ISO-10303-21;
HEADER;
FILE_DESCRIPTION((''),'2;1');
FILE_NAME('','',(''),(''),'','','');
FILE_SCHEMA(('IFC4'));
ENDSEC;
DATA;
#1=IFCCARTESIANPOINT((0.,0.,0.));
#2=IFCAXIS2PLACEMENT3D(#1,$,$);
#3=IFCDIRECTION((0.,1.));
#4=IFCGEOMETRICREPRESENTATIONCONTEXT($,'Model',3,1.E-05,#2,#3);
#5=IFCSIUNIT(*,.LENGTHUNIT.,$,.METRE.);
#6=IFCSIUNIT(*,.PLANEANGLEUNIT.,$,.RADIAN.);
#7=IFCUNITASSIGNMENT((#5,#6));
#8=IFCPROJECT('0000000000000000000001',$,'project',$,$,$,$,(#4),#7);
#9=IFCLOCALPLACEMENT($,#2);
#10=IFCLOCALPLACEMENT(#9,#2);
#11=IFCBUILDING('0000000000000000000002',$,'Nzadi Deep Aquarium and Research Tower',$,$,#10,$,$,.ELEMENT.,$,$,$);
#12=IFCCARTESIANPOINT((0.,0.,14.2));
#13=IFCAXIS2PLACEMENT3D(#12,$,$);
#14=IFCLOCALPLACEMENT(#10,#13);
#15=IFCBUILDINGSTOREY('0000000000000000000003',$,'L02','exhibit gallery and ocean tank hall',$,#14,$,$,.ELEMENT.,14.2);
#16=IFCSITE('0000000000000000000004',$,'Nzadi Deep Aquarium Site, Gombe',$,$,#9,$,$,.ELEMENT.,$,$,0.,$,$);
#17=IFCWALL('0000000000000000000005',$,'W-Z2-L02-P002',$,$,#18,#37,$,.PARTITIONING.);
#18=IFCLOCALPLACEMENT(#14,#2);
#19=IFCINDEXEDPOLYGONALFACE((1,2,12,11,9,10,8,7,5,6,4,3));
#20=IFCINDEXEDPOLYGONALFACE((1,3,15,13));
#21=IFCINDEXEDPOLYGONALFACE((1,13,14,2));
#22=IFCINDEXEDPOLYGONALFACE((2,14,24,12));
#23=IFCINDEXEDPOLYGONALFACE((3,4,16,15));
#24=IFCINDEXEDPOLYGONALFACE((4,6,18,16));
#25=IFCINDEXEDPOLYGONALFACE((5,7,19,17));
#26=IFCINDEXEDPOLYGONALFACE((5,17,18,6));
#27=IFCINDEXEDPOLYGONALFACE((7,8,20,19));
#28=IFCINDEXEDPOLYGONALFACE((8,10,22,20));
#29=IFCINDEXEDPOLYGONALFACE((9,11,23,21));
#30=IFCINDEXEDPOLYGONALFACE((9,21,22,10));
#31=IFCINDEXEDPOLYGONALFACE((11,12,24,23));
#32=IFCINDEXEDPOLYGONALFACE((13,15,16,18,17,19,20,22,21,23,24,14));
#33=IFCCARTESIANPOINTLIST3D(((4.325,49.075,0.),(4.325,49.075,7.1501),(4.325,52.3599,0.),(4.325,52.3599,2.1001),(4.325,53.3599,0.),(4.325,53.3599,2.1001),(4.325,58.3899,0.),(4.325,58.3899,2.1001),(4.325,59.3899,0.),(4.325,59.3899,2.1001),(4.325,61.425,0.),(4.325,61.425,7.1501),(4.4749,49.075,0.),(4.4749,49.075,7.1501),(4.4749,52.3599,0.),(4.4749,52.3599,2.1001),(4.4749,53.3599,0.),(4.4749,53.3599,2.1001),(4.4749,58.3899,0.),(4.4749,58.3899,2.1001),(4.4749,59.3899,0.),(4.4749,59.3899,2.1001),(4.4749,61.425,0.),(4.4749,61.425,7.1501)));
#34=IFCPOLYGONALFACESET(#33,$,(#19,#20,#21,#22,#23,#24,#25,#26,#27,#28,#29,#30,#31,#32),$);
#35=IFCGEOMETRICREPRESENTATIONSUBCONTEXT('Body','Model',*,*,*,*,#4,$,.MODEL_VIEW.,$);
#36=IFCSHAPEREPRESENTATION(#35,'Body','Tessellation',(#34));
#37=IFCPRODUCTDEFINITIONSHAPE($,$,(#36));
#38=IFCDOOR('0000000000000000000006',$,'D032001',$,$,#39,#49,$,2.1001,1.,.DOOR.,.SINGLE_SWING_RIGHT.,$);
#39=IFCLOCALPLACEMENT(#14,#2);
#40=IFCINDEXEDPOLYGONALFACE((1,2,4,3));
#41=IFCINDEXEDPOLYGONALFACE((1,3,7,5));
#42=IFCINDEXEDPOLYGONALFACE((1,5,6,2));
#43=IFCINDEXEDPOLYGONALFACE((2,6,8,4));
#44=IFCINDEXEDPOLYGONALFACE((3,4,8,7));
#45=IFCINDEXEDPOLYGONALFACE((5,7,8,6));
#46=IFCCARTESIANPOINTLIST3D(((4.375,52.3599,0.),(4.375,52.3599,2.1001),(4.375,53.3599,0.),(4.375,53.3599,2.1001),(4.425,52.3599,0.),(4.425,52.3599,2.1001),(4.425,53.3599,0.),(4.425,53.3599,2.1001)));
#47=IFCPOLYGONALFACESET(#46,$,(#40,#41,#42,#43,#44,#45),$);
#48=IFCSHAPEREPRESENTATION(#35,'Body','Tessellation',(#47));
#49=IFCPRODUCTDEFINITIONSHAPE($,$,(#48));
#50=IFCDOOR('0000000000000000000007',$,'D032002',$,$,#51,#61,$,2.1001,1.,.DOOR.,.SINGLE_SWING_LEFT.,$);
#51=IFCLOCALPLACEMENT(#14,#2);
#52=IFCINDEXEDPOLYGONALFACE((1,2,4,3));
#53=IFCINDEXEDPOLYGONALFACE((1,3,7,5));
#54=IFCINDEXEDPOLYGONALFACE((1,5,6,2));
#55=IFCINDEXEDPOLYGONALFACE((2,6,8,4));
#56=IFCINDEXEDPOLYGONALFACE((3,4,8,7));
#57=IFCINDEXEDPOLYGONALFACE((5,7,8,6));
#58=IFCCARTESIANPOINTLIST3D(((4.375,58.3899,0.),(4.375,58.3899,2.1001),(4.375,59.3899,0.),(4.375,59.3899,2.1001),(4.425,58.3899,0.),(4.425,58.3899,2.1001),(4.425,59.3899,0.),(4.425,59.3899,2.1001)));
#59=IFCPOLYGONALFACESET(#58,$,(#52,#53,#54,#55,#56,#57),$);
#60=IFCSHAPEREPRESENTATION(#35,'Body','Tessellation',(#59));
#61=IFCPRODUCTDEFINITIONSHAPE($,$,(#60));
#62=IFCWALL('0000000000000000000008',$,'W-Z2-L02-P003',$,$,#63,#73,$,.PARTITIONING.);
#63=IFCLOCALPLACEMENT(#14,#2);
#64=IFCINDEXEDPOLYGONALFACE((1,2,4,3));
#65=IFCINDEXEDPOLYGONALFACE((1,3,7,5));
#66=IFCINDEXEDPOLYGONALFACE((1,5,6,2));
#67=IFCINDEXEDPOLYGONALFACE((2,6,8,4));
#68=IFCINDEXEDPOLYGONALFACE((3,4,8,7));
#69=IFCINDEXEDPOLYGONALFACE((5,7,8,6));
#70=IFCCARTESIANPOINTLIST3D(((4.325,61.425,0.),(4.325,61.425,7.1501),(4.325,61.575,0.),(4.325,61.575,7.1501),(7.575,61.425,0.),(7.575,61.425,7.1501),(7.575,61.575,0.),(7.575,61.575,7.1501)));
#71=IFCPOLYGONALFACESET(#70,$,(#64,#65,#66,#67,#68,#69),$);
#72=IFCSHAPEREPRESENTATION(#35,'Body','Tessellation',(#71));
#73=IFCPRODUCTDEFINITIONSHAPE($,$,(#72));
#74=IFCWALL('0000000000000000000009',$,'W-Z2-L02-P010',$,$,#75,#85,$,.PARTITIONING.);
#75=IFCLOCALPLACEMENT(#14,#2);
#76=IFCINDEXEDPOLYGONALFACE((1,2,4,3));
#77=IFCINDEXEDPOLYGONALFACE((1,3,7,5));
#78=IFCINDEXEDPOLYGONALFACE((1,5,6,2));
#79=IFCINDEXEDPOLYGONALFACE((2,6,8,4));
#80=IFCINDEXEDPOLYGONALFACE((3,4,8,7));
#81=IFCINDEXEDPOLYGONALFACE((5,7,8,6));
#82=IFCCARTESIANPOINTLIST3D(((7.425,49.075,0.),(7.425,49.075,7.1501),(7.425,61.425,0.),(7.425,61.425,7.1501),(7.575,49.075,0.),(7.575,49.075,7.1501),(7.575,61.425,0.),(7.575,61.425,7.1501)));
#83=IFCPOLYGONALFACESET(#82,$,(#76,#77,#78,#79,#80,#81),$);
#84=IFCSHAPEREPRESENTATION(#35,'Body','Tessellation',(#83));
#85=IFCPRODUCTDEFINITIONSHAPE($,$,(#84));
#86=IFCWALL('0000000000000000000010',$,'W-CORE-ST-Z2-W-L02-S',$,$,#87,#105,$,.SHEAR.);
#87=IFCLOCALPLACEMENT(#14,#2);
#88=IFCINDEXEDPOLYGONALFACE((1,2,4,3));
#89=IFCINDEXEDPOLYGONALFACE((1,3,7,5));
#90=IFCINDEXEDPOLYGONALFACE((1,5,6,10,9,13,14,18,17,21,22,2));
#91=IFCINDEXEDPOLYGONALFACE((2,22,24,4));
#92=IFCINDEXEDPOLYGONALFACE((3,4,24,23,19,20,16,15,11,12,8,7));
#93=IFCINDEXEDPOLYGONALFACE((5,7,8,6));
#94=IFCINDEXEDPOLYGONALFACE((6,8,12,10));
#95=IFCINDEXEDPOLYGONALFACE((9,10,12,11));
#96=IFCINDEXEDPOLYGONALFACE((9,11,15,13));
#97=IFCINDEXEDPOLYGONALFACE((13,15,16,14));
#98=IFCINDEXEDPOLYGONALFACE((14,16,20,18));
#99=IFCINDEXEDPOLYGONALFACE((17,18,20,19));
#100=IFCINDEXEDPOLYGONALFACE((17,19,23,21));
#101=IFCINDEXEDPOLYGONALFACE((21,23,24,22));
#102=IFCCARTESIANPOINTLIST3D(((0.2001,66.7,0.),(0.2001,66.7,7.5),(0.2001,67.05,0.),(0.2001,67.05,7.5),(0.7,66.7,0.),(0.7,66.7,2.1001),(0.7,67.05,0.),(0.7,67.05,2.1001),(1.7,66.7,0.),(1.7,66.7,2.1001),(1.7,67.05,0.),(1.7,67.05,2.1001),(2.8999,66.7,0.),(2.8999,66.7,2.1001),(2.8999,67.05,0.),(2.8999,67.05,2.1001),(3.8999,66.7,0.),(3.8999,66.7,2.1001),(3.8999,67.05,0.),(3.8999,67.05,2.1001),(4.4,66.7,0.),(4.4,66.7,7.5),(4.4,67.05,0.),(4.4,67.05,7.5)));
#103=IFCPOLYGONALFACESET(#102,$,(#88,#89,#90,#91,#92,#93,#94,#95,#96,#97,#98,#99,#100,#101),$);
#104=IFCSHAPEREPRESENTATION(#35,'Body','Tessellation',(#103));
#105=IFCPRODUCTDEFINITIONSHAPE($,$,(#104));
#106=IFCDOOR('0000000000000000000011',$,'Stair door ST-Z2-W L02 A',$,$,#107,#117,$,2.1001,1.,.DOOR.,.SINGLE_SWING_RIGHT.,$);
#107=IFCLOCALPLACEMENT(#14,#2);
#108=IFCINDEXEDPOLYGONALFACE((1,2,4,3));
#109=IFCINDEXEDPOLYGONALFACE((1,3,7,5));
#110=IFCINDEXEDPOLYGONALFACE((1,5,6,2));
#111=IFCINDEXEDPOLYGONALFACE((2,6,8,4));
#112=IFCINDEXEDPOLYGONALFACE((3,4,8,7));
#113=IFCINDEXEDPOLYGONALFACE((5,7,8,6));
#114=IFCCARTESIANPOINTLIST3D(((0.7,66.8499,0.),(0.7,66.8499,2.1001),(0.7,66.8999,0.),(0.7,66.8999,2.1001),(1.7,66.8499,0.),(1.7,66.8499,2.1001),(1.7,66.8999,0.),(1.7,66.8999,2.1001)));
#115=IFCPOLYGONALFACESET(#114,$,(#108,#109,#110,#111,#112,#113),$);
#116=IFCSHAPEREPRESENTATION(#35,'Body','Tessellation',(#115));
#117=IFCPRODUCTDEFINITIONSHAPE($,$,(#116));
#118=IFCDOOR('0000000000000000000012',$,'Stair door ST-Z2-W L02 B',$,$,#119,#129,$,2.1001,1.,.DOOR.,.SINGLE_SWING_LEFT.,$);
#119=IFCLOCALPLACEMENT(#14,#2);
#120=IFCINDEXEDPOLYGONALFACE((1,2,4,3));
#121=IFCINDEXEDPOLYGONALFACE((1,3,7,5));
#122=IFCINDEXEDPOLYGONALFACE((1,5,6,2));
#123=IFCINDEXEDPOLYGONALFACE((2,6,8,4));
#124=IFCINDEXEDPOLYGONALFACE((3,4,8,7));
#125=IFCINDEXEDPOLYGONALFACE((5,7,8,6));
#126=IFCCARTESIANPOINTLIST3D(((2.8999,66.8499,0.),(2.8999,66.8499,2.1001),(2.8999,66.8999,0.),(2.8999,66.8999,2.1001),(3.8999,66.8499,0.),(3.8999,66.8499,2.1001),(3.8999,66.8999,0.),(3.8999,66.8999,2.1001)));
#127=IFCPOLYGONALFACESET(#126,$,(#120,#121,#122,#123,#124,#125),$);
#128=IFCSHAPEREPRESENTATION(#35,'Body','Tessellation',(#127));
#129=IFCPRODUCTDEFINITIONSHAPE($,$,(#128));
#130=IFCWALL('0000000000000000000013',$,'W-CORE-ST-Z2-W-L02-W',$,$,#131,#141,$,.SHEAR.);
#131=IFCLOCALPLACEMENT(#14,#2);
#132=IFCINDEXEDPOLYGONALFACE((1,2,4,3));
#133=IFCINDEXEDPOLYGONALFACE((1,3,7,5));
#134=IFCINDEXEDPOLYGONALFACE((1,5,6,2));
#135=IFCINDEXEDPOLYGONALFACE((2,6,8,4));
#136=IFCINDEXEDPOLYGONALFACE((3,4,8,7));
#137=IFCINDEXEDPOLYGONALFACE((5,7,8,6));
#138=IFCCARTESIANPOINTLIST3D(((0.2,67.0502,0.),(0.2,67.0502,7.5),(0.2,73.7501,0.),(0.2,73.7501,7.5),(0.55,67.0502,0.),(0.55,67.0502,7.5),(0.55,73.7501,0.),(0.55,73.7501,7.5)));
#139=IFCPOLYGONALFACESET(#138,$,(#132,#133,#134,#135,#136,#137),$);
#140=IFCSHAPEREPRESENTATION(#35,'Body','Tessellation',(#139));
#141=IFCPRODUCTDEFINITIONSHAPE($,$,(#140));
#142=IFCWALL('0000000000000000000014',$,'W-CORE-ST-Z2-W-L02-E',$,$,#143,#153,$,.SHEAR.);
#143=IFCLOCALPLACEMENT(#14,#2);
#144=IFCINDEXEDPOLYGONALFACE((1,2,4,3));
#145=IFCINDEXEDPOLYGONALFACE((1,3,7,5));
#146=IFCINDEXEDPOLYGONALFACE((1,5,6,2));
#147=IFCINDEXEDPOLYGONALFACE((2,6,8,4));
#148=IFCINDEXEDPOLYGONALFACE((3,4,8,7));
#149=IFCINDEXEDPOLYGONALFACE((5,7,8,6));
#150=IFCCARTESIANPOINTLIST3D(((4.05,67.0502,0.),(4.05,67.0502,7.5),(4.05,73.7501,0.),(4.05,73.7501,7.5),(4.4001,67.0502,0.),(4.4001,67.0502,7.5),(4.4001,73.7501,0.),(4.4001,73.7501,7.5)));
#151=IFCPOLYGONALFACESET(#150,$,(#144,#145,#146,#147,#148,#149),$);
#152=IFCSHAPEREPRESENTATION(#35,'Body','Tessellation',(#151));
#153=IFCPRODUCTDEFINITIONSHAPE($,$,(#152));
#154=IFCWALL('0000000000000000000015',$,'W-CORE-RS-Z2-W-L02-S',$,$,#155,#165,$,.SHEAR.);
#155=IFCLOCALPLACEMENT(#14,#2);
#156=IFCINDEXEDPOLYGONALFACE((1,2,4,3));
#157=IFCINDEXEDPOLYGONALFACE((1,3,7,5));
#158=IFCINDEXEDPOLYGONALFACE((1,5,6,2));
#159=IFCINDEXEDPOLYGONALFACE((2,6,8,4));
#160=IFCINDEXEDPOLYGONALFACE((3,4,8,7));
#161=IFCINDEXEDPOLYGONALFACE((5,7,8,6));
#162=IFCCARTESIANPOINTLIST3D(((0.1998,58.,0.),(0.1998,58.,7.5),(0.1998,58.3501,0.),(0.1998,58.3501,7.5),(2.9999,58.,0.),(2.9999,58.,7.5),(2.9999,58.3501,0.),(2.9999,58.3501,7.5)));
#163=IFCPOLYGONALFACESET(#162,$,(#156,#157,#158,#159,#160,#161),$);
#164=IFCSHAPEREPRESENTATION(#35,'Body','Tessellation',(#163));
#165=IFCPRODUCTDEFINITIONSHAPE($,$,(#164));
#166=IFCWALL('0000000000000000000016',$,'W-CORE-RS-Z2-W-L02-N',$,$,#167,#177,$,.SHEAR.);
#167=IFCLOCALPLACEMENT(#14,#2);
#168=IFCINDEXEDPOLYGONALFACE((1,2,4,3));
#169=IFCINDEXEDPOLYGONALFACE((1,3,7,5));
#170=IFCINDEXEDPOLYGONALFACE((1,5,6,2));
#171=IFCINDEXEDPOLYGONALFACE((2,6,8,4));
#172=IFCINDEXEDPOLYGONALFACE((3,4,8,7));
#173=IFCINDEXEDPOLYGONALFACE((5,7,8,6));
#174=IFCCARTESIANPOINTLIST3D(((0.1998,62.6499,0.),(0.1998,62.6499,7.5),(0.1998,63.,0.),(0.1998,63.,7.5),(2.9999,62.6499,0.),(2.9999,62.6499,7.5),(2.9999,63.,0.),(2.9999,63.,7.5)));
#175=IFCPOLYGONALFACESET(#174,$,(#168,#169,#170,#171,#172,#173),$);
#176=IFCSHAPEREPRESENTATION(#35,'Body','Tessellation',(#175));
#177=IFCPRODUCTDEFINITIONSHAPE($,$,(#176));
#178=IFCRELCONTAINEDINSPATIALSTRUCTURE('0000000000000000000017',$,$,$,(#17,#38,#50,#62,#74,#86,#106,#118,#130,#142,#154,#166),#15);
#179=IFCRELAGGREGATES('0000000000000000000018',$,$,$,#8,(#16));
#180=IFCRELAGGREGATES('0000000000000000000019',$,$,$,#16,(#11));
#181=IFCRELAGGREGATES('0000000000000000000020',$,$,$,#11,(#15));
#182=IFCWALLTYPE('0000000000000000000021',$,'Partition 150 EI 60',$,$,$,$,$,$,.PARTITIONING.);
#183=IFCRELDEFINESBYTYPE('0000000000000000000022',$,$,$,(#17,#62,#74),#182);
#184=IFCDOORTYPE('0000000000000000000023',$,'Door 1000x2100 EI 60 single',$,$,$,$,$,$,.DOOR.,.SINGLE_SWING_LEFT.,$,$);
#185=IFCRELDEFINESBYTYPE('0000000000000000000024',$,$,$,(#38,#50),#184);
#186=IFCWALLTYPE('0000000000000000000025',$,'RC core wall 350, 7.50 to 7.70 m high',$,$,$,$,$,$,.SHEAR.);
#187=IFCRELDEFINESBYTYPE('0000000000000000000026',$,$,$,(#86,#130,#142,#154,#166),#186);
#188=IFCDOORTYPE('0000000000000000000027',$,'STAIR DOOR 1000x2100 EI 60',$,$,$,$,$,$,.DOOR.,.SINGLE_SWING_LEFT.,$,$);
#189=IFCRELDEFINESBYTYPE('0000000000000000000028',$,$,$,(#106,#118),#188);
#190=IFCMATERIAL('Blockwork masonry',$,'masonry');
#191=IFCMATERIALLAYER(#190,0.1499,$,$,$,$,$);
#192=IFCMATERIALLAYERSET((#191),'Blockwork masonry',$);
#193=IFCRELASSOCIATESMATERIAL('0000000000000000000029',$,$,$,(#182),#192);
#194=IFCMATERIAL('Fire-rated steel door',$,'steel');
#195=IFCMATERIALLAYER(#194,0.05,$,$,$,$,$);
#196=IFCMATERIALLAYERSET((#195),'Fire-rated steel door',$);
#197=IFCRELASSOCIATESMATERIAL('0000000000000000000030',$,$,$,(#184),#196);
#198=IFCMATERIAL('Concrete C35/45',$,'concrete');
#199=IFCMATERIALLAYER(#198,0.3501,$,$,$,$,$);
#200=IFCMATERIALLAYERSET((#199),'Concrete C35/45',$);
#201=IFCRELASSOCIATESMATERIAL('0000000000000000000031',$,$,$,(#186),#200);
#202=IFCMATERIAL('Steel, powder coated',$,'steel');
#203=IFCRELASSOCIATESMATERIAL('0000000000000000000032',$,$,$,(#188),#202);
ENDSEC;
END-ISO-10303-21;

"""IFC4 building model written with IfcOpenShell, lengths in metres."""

from ifc_helpers import new_model, si_unit, direction, frame, frame_2d, origin, place, context, subcontext, project, spatial, rectangle, extrude, material, layer, layer_set, type_object, element, fill, save


model = new_model("IFC4")

# Units and contexts
model_context = context("Model", 3, precision=1e-05, world=origin(), true_north=direction((0.0, 1.0)))
body_context = subcontext(model_context, "Body", "Model", "MODEL_VIEW")
ifc_project = project(units=[si_unit("LENGTHUNIT", "METRE"), si_unit("PLANEANGLEUNIT", "RADIAN")], contexts=[model_context])

# Site, building, storey
site_placement = place(None, origin())
site = spatial("IfcSite", under=ifc_project, at=site_placement, Name="Nzadi Deep Aquarium Site, Gombe", CompositionType="ELEMENT", RefElevation=0.0)
building_placement = place(site_placement, origin())
building = spatial("IfcBuilding", under=site, at=building_placement, Name="Nzadi Deep Aquarium and Research Tower", CompositionType="ELEMENT")
storey_placement = place(building_placement, frame((0.0, 0.0, 14.2)))
storey = spatial("IfcBuildingStorey", under=building, at=storey_placement, Name="L02", Description="exhibit gallery and ocean tank hall", CompositionType="ELEMENT", Elevation=14.2)

# Shared definitions
ifc_material_1 = material(Name="Blockwork masonry", Category="masonry")
ifc_layer_1 = layer(ifc_material_1, 0.1499)
ifc_layer_set_1 = layer_set([ifc_layer_1], Name="Blockwork masonry")
wall_type_1 = type_object("IfcWallType", Name="Partition 150 EI 60", PredefinedType="PARTITIONING", material=ifc_layer_set_1)

# Wall, openings, doors
wall_1_placement = place(storey_placement, frame((4.3999, 49.075, 0.0), z_axis=(0.0, 0.0, 1.0), x_axis=(0.0, 1.0, 0.0)))
wall_1 = element("IfcWall", 1, at=wall_1_placement, inside=storey, type_object=wall_type_1, Name="W-Z2-L02-P002", PredefinedType="PARTITIONING", context=body_context, shape_type="SweptSolid", body=[
    extrude(rectangle(XDim=12.3501, YDim=0.1499, at=frame_2d((6.175, 0.0))), origin(), (0.0, 0.0, 1.0), 7.1501),
])
opening_1_placement = place(wall_1_placement, frame((3.2849, 0.0, 0.0)))
opening_1 = element("IfcOpeningElement", 2, at=opening_1_placement, cuts=wall_1, PredefinedType="OPENING", context=body_context, shape_type="SweptSolid", body=[
    extrude(rectangle(XDim=1.0, YDim=2.1001, at=frame_2d((0.5, 1.05))), frame((0.0, 0.085, 0.0), z_axis=(0.0, -1.0, 0.0), x_axis=(1.0, 0.0, 0.0)), (0.0, 0.0, 1.0), 0.1699),
])
opening_2_placement = place(wall_1_placement, frame((9.3149, 0.0, 0.0)))
opening_2 = element("IfcOpeningElement", 3, at=opening_2_placement, cuts=wall_1, PredefinedType="OPENING", context=body_context, shape_type="SweptSolid", body=[
    extrude(rectangle(XDim=1.0, YDim=2.1001, at=frame_2d((0.5, 1.05))), frame((0.0, 0.085, 0.0), z_axis=(0.0, -1.0, 0.0), x_axis=(1.0, 0.0, 0.0)), (0.0, 0.0, 1.0), 0.1699),
])
ifc_material_2 = material(Name="Fire-rated steel door", Category="steel")
ifc_layer_2 = layer(ifc_material_2, 0.05)
ifc_layer_set_2 = layer_set([ifc_layer_2], Name="Fire-rated steel door")
door_type_1 = type_object("IfcDoorType", Name="Door 1000x2100 EI 60 single", OperationType="SINGLE_SWING_LEFT", PredefinedType="DOOR", material=ifc_layer_set_2)
door_1_placement = place(opening_1_placement, origin())
door_1 = element("IfcDoor", 4, at=door_1_placement, inside=storey, type_object=door_type_1, Name="D032001", OperationType="SINGLE_SWING_RIGHT", OverallHeight=2.1001, OverallWidth=1.0, PredefinedType="DOOR", context=body_context, shape_type="SweptSolid", body=[
    extrude(rectangle(XDim=1.0, YDim=2.1001, at=frame_2d((0.5, 1.05))), frame((0.0, 0.0249, 0.0), z_axis=(0.0, -1.0, 0.0), x_axis=(1.0, 0.0, 0.0)), (0.0, 0.0, 1.0), 0.05),
])
fill(opening_1, door_1)
door_2_placement = place(opening_2_placement, origin())
door_2 = element("IfcDoor", 5, at=door_2_placement, inside=storey, type_object=door_type_1, Name="D032002", OperationType="SINGLE_SWING_LEFT", OverallHeight=2.1001, OverallWidth=1.0, PredefinedType="DOOR", context=body_context, shape_type="SweptSolid", body=[
    extrude(rectangle(XDim=1.0, YDim=2.1001, at=frame_2d((0.5, 1.05))), frame((0.0, 0.0249, 0.0), z_axis=(0.0, -1.0, 0.0), x_axis=(1.0, 0.0, 0.0)), (0.0, 0.0, 1.0), 0.05),
])
fill(opening_2, door_2)

# Walls
wall_2_placement = place(storey_placement, frame((4.325, 61.5, 0.0), z_axis=(0.0, 0.0, 1.0), x_axis=(1.0, 0.0, 0.0)))
element("IfcWall", 6, at=wall_2_placement, inside=storey, type_object=wall_type_1, Name="W-Z2-L02-P003", PredefinedType="PARTITIONING", context=body_context, shape_type="SweptSolid", body=[
    extrude(rectangle(XDim=3.25, YDim=0.1499, at=frame_2d((1.625, 0.0))), origin(), (0.0, 0.0, 1.0), 7.1501),
])
wall_3_placement = place(storey_placement, frame((7.5, 49.075, 0.0), z_axis=(0.0, 0.0, 1.0), x_axis=(0.0, 1.0, 0.0)))
element("IfcWall", 7, at=wall_3_placement, inside=storey, type_object=wall_type_1, Name="W-Z2-L02-P010", PredefinedType="PARTITIONING", context=body_context, shape_type="SweptSolid", body=[
    extrude(rectangle(XDim=12.3501, YDim=0.1499, at=frame_2d((6.175, 0.0))), origin(), (0.0, 0.0, 1.0), 7.1501),
])

# Wall, openings, doors
ifc_material_3 = material(Name="Concrete C35/45", Category="concrete")
ifc_layer_3 = layer(ifc_material_3, 0.3501)
ifc_layer_set_3 = layer_set([ifc_layer_3], Name="Concrete C35/45")
wall_type_2 = type_object("IfcWallType", Name="RC core wall 350, 7.50 to 7.70 m high", PredefinedType="SHEAR", material=ifc_layer_set_3)
wall_4_placement = place(storey_placement, frame((0.2, 66.875, 0.0), z_axis=(0.0, 0.0, 1.0), x_axis=(1.0, 0.0, 0.0)))
wall_4 = element("IfcWall", 8, at=wall_4_placement, inside=storey, type_object=wall_type_2, Name="W-CORE-ST-Z2-W-L02-S", PredefinedType="SHEAR", context=body_context, shape_type="SweptSolid", body=[
    extrude(rectangle(XDim=4.2, YDim=0.3501, at=frame_2d((2.1001, 0.0))), origin(), (0.0, 0.0, 1.0), 7.5),
])
opening_3_placement = place(wall_4_placement, frame((0.5, 0.0, 0.0)))
opening_3 = element("IfcOpeningElement", 9, at=opening_3_placement, cuts=wall_4, PredefinedType="OPENING", context=body_context, shape_type="SweptSolid", body=[
    extrude(rectangle(XDim=1.0, YDim=2.1001, at=frame_2d((0.5, 1.05))), frame((0.0, 0.1851, 0.0), z_axis=(0.0, -1.0, 0.0), x_axis=(1.0, 0.0, 0.0)), (0.0, 0.0, 1.0), 0.3701),
])
opening_4_placement = place(wall_4_placement, frame((2.7, 0.0, 0.0)))
opening_4 = element("IfcOpeningElement", 10, at=opening_4_placement, cuts=wall_4, PredefinedType="OPENING", context=body_context, shape_type="SweptSolid", body=[
    extrude(rectangle(XDim=1.0, YDim=2.1001, at=frame_2d((0.5, 1.05))), frame((0.0, 0.1851, 0.0), z_axis=(0.0, -1.0, 0.0), x_axis=(1.0, 0.0, 0.0)), (0.0, 0.0, 1.0), 0.3701),
])
ifc_material_4 = material(Name="Steel, powder coated", Category="steel")
door_type_2 = type_object("IfcDoorType", Name="STAIR DOOR 1000x2100 EI 60", OperationType="SINGLE_SWING_LEFT", PredefinedType="DOOR", material=ifc_material_4)
door_3_placement = place(opening_3_placement, origin())
door_3 = element("IfcDoor", 11, at=door_3_placement, inside=storey, type_object=door_type_2, Name="Stair door ST-Z2-W L02 A", OperationType="SINGLE_SWING_RIGHT", OverallHeight=2.1001, OverallWidth=1.0, PredefinedType="DOOR", context=body_context, shape_type="SweptSolid", body=[
    extrude(rectangle(XDim=1.0, YDim=2.1001, at=frame_2d((0.5, 1.05))), frame((0.0, 0.0249, 0.0), z_axis=(0.0, -1.0, 0.0), x_axis=(1.0, 0.0, 0.0)), (0.0, 0.0, 1.0), 0.05),
])
fill(opening_3, door_3)
door_4_placement = place(opening_4_placement, origin())
door_4 = element("IfcDoor", 12, at=door_4_placement, inside=storey, type_object=door_type_2, Name="Stair door ST-Z2-W L02 B", OperationType="SINGLE_SWING_LEFT", OverallHeight=2.1001, OverallWidth=1.0, PredefinedType="DOOR", context=body_context, shape_type="SweptSolid", body=[
    extrude(rectangle(XDim=1.0, YDim=2.1001, at=frame_2d((0.5, 1.05))), frame((0.0, 0.0249, 0.0), z_axis=(0.0, -1.0, 0.0), x_axis=(1.0, 0.0, 0.0)), (0.0, 0.0, 1.0), 0.05),
])
fill(opening_4, door_4)

# Walls
for number, where, z_axis, x_axis, name in (
    (13, (0.375, 67.05, 0.0), (0.0, 0.0, 1.0), (0.0, 1.0, 0.0), "W-CORE-ST-Z2-W-L02-W"),
    (14, (4.2251, 67.05, 0.0), (0.0, 0.0, 1.0), (0.0, 1.0, 0.0), "W-CORE-ST-Z2-W-L02-E"),
):
    element("IfcWall", number, at=place(storey_placement, frame(where, z_axis=z_axis, x_axis=x_axis)), inside=storey, type_object=wall_type_2, Name=name, PredefinedType="SHEAR", context=body_context, shape_type="SweptSolid", body=[
        extrude(rectangle(XDim=6.7, YDim=0.3501, at=frame_2d((3.3501, 0.0))), origin(), (0.0, 0.0, 1.0), 7.5),
    ])
for number, where, z_axis, x_axis, name in (
    (15, (0.2, 58.175, 0.0), (0.0, 0.0, 1.0), (1.0, 0.0, 0.0), "W-CORE-RS-Z2-W-L02-S"),
    (16, (0.2, 62.825, 0.0), (0.0, 0.0, 1.0), (1.0, 0.0, 0.0), "W-CORE-RS-Z2-W-L02-N"),
):
    element("IfcWall", number, at=place(storey_placement, frame(where, z_axis=z_axis, x_axis=x_axis)), inside=storey, type_object=wall_type_2, Name=name, PredefinedType="SHEAR", context=body_context, shape_type="SweptSolid", body=[
        extrude(rectangle(XDim=2.8, YDim=0.3501, at=frame_2d((1.3999, 0.0))), origin(), (0.0, 0.0, 1.0), 7.5),
    ])

save(model, "model.ifc")
